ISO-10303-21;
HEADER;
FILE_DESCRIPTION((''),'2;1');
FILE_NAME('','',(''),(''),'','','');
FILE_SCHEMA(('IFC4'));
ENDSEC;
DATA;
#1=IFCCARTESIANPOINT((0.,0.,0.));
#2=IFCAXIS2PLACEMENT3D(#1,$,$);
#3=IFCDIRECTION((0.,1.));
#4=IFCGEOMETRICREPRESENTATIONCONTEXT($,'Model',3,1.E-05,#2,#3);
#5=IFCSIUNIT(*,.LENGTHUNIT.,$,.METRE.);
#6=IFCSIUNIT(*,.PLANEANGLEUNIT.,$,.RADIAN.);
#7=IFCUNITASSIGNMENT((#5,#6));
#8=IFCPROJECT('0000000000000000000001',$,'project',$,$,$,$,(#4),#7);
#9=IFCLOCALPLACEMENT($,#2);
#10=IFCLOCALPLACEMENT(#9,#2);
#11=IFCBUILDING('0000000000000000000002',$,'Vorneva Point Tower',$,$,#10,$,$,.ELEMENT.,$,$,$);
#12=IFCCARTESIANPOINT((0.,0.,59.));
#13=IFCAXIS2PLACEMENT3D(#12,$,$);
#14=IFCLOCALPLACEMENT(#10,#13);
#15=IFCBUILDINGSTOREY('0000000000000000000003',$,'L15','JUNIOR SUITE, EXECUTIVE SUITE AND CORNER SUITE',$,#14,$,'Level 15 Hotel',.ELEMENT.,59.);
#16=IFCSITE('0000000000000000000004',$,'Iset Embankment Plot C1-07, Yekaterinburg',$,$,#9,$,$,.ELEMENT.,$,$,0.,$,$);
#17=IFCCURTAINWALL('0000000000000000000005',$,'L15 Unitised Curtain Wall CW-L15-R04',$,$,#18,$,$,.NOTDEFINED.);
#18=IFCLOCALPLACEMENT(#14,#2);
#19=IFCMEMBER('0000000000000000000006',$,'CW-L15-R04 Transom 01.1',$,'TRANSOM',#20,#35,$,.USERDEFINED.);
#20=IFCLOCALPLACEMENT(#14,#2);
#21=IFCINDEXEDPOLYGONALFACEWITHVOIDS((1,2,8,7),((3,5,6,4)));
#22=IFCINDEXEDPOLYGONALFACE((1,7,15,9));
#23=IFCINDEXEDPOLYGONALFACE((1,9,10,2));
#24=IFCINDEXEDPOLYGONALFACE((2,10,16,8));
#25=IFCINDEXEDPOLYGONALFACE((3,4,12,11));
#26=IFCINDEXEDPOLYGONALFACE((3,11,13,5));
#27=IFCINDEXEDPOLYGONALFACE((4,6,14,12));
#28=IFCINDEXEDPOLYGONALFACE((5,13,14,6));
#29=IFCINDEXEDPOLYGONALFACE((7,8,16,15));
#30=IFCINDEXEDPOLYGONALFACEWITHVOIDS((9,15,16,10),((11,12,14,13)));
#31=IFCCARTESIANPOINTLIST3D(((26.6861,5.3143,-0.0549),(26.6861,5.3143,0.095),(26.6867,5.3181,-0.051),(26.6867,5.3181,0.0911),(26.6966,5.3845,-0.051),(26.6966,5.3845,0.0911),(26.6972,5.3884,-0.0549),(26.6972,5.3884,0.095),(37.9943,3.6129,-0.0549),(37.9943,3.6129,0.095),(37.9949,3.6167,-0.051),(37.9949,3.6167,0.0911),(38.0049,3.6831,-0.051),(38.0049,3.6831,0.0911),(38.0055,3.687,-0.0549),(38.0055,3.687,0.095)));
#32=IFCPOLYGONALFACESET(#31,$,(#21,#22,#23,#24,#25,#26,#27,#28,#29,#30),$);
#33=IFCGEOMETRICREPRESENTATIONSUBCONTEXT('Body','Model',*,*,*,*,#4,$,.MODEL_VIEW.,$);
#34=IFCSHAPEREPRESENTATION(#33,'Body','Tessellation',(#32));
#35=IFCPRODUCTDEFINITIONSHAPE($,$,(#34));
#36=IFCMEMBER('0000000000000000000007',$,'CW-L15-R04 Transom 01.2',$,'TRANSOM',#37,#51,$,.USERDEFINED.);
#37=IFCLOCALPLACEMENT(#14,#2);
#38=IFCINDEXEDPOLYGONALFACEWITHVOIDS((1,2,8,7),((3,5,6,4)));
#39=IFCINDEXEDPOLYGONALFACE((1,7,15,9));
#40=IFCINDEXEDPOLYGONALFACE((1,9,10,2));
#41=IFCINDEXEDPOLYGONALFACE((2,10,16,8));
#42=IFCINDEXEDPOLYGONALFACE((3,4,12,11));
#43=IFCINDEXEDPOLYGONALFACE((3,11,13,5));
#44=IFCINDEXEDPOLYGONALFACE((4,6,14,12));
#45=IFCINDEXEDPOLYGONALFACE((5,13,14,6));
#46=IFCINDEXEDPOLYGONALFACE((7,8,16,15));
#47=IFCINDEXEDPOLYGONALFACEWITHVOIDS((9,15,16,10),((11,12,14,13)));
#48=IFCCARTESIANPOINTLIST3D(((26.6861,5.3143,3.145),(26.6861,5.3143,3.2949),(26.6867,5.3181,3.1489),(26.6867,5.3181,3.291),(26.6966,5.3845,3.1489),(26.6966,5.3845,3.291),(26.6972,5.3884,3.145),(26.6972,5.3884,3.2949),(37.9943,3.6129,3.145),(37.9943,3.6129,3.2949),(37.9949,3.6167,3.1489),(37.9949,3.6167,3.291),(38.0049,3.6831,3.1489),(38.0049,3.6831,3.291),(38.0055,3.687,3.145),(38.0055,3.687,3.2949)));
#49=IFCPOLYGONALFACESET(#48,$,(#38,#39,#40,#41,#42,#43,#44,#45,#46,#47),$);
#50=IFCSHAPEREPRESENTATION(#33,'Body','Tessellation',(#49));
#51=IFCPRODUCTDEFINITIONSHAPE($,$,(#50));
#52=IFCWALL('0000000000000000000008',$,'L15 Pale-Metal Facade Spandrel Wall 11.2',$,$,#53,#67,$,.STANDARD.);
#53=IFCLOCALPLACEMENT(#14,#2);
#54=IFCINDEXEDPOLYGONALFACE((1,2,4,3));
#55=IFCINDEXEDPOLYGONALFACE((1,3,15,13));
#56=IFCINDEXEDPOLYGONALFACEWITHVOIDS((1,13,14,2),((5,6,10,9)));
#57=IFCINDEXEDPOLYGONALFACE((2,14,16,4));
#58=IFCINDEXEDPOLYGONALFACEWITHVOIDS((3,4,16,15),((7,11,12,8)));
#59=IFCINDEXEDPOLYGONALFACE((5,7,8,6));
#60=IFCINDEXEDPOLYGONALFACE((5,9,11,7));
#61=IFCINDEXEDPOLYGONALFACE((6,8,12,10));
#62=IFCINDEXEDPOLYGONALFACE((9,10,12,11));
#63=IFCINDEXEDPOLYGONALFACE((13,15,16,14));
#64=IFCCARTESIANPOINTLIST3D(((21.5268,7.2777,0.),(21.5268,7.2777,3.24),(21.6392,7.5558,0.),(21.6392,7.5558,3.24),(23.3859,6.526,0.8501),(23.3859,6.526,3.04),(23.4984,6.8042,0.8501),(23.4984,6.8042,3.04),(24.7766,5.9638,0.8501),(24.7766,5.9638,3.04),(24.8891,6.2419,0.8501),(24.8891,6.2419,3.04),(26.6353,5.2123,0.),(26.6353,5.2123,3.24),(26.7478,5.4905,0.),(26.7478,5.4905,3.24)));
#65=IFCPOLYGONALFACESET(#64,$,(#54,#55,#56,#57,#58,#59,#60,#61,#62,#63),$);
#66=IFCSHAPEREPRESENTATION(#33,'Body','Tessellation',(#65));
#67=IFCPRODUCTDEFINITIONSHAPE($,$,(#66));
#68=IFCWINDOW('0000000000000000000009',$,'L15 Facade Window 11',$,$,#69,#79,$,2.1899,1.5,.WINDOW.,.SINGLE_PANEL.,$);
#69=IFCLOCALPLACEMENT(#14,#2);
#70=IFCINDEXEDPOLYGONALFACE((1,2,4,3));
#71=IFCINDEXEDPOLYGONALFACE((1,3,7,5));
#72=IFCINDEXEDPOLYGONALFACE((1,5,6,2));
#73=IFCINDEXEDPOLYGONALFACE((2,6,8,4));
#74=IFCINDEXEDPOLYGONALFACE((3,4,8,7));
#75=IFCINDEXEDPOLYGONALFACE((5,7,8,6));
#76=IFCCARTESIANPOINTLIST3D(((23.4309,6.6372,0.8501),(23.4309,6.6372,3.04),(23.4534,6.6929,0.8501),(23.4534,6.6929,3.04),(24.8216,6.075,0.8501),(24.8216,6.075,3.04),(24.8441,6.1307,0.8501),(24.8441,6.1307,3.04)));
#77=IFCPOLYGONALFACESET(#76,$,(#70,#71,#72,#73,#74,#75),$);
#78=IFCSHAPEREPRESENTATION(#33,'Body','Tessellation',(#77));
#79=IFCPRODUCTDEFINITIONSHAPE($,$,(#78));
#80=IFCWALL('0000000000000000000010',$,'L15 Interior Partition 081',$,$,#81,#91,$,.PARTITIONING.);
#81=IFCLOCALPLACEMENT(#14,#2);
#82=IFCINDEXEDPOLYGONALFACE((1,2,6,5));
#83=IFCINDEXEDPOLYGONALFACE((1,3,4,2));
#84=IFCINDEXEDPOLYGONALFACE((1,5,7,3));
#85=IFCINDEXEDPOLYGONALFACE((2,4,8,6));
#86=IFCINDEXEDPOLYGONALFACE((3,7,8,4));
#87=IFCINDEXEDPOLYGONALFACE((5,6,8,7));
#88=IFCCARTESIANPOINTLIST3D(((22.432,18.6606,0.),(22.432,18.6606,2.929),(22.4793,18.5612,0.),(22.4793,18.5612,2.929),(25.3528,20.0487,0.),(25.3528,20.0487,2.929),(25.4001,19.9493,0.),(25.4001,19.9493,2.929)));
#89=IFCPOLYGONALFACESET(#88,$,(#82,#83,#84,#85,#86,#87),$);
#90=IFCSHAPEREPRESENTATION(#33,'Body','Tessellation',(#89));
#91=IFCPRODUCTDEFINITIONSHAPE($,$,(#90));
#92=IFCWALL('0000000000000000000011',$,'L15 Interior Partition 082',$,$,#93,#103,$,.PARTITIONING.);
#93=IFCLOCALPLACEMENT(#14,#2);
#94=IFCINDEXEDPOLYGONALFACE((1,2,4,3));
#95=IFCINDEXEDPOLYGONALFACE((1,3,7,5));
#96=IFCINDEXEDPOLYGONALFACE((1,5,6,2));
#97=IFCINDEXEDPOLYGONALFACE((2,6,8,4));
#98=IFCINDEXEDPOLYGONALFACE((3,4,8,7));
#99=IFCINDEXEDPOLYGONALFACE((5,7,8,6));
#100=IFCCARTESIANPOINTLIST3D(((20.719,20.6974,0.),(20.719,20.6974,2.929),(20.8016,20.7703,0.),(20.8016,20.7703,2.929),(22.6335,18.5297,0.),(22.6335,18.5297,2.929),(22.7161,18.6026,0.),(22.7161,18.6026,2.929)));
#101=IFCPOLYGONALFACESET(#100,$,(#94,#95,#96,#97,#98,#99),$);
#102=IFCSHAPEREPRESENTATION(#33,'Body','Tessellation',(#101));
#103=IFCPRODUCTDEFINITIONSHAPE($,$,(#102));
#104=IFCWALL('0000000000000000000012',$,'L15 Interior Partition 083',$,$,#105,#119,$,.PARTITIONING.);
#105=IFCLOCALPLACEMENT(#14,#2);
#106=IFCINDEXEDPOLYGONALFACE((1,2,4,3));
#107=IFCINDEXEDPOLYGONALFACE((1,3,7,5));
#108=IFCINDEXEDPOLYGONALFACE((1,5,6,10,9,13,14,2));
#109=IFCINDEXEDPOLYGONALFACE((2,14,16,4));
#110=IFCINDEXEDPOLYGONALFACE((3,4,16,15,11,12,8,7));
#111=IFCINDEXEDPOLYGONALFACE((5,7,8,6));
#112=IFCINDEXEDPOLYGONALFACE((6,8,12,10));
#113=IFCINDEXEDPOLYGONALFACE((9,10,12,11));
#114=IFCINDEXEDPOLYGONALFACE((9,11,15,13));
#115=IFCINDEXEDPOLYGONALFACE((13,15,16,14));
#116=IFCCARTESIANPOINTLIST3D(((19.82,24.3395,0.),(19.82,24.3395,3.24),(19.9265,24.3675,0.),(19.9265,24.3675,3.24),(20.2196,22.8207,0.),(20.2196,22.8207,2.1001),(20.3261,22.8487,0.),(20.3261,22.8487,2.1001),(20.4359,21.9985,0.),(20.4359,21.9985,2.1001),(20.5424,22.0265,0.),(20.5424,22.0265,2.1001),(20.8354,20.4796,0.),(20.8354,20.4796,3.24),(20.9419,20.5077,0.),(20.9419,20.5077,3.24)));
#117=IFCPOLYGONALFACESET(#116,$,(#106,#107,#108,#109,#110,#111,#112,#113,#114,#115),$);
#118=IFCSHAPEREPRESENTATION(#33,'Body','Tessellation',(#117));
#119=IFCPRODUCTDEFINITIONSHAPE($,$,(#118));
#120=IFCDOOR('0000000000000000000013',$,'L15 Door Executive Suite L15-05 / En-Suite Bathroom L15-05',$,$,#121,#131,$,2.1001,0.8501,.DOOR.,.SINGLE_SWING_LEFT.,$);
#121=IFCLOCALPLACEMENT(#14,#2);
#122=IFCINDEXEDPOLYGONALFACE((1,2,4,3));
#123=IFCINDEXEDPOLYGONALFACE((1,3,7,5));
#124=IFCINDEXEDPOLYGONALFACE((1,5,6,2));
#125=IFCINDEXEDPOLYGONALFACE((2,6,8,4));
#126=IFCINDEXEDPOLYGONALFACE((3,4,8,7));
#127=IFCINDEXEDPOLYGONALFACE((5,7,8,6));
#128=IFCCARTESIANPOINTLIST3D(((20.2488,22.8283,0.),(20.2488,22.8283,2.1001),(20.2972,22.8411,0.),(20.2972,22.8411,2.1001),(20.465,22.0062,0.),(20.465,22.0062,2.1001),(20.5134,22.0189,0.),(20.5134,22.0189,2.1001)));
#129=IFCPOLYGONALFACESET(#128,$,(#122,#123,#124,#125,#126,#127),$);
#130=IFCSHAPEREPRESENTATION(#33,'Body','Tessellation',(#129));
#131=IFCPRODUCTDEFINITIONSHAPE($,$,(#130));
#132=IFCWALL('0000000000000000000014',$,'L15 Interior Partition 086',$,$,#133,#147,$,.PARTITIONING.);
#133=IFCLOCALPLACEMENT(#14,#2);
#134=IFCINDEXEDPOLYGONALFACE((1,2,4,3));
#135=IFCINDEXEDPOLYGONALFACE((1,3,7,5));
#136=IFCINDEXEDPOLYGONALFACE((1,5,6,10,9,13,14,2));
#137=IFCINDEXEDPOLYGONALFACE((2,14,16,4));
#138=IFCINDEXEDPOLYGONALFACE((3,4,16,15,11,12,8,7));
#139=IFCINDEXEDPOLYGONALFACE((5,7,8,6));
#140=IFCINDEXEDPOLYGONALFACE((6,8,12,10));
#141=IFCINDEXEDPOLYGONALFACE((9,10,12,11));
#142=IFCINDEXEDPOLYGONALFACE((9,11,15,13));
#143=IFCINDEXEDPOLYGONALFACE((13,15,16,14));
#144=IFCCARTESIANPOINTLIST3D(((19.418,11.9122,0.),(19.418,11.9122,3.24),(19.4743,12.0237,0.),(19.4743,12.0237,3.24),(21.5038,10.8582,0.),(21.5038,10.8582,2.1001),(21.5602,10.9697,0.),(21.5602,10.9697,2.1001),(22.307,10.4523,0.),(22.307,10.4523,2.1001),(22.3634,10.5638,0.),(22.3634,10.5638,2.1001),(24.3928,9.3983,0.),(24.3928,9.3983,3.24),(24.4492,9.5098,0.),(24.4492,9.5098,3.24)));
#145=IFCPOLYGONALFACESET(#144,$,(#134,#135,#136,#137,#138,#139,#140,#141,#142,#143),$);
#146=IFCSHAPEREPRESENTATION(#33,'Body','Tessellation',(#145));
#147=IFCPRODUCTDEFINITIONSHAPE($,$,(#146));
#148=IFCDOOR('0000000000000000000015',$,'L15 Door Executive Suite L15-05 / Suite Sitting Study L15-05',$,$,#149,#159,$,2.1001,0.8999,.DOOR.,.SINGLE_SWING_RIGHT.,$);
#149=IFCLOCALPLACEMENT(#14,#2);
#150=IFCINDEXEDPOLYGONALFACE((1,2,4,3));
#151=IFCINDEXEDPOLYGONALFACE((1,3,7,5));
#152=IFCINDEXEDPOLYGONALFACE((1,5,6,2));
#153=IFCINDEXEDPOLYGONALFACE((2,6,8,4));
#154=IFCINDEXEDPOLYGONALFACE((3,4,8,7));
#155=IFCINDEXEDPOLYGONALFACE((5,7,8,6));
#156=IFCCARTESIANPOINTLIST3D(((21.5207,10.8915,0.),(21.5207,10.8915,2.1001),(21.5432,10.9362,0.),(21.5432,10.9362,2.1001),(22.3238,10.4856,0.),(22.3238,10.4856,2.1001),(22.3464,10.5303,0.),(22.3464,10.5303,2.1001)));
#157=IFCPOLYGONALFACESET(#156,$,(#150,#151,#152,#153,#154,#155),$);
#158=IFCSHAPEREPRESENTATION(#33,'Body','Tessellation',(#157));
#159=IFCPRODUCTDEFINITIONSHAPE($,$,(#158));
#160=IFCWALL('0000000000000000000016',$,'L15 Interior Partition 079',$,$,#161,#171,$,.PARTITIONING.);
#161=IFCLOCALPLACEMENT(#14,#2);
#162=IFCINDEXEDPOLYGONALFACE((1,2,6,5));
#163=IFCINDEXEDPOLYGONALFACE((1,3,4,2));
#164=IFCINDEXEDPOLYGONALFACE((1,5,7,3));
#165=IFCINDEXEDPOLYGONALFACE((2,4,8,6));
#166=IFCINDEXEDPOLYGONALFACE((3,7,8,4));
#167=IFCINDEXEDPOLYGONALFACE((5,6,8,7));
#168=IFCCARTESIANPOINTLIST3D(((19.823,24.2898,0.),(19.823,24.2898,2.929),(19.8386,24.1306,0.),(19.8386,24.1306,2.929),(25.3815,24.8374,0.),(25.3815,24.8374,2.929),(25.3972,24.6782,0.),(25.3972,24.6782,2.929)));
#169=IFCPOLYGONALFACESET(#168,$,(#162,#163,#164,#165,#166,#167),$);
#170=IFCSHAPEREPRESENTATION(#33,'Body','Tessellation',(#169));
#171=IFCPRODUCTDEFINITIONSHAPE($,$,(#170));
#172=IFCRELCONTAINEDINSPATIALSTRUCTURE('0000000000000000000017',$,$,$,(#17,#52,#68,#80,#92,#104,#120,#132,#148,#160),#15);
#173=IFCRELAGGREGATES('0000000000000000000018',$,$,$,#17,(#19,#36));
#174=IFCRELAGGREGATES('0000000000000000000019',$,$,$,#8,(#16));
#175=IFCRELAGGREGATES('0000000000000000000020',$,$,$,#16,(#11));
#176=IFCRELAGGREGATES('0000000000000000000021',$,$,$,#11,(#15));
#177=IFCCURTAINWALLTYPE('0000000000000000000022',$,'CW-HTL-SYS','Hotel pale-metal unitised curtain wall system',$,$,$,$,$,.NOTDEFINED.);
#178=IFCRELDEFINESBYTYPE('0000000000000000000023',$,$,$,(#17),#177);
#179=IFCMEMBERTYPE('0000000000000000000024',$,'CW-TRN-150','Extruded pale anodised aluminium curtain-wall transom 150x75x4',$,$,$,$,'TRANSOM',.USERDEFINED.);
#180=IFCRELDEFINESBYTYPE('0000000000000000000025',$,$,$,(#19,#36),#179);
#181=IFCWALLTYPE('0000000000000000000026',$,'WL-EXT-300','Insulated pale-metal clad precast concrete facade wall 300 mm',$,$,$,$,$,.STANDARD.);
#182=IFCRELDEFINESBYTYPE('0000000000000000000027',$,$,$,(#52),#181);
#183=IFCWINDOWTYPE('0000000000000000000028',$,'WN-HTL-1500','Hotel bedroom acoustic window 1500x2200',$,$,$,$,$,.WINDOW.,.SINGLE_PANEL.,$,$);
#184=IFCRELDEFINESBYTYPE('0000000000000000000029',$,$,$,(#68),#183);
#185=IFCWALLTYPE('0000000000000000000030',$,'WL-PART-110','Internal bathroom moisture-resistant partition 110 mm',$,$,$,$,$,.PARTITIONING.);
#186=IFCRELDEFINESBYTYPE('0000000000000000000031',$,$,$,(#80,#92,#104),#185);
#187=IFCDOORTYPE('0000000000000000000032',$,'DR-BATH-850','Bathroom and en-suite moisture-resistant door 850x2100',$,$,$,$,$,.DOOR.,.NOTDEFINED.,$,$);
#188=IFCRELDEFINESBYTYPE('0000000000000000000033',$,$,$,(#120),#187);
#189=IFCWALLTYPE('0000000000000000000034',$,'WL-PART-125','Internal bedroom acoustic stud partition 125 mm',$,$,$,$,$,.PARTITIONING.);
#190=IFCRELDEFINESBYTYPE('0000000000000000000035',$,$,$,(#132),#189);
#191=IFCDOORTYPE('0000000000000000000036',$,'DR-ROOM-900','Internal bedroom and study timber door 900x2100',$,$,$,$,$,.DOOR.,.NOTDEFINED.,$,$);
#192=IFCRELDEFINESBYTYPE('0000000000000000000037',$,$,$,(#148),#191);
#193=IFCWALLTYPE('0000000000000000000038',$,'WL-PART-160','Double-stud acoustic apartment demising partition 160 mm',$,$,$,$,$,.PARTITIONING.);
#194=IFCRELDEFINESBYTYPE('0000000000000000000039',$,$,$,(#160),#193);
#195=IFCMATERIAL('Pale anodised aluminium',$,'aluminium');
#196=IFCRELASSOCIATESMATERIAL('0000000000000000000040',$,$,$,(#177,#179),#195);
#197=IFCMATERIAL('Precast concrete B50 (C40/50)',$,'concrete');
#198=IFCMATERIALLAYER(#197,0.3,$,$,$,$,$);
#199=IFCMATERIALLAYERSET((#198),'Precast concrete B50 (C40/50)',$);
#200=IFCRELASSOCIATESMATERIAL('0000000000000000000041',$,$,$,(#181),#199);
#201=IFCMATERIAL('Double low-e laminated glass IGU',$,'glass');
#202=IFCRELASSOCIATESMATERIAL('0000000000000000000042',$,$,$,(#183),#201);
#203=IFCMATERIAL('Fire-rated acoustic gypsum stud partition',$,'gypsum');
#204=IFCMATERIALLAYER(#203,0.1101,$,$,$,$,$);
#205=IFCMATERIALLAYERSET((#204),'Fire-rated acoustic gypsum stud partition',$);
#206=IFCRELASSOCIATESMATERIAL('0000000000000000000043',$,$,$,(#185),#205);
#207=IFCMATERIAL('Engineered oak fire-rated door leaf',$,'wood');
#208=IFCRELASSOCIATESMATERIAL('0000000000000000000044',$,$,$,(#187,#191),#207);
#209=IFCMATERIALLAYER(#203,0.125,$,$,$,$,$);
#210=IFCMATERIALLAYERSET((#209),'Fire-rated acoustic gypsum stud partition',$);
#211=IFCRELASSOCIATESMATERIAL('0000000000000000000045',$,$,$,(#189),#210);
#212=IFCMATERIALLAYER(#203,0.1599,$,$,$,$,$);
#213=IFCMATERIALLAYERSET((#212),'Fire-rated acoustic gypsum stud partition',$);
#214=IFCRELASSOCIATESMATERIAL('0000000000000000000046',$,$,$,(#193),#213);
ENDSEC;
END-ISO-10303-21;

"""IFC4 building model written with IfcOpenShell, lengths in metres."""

from ifc_helpers import new_model, si_unit, direction, frame, frame_2d, origin, origin_2d, place, context, subcontext, project, spatial, rectangle, hollow_rectangle, extrude, material, layer, layer_set, material_profile, profile_set, type_object, element, fill, aggregate, save


model = new_model("IFC4")

# Units and contexts
model_context = context("Model", 3, precision=1e-05, world=origin(), true_north=direction((0.0, 1.0)))
body_context = subcontext(model_context, "Body", "Model", "MODEL_VIEW")
ifc_project = project(units=[si_unit("LENGTHUNIT", "METRE"), si_unit("PLANEANGLEUNIT", "RADIAN")], contexts=[model_context])

# Site, building, storey
site_placement = place(None, origin())
site = spatial("IfcSite", under=ifc_project, at=site_placement, Name="Iset Embankment Plot C1-07, Yekaterinburg", CompositionType="ELEMENT", RefElevation=0.0)
building_placement = place(site_placement, origin())
building = spatial("IfcBuilding", under=site, at=building_placement, Name="Vorneva Point Tower", CompositionType="ELEMENT")
storey_placement = place(building_placement, frame((0.0, 0.0, 59.0)))
storey = spatial("IfcBuildingStorey", under=building, at=storey_placement, Name="L15", Description="JUNIOR SUITE, EXECUTIVE SUITE AND CORNER SUITE", LongName="Level 15 Hotel", CompositionType="ELEMENT", Elevation=59.0)

# Curtain wall, members
ifc_material_1 = material(Name="Pale anodised aluminium", Category="aluminium")
curtain_wall_type = type_object("IfcCurtainWallType", Name="CW-HTL-SYS", Description="Hotel pale-metal unitised curtain wall system", PredefinedType="NOTDEFINED", material=ifc_material_1)
curtain_wall_placement = place(storey_placement, origin())
curtain_wall = element("IfcCurtainWall", 1, at=curtain_wall_placement, inside=storey, type_object=curtain_wall_type, Name="L15 Unitised Curtain Wall CW-L15-R04", PredefinedType="NOTDEFINED")
ifc_material_profile_1 = material_profile(ifc_material_1, hollow_rectangle(XDim=0.075, YDim=0.1499, WallThickness=0.0039, at=origin_2d()), Name="AL-TRN 150x75x4")
ifc_profile_set_1 = profile_set([ifc_material_profile_1], Name="Pale anodised aluminium")
member_type_1 = type_object("IfcMemberType", Name="CW-TRN-150", Description="Extruded pale anodised aluminium curtain-wall transom 150x75x4", ElementType="TRANSOM", PredefinedType="USERDEFINED", material=ifc_profile_set_1)
member_1_placement = place(storey_placement, frame((26.6917, 5.3513, 0.02), z_axis=(0.98887, -0.148782, 0.0), x_axis=(0.148782, 0.98887, 0.0)))
member_1 = element("IfcMember", 2, at=member_1_placement, type_object=member_type_1, Name="CW-L15-R04 Transom 01.1", ObjectType="TRANSOM", PredefinedType="USERDEFINED", context=body_context, shape_type="SweptSolid", body=[
    extrude(hollow_rectangle(XDim=0.075, YDim=0.1499, WallThickness=0.0039, at=origin_2d()), origin(), (0.0, 0.0, 1.0), 11.4355),
])
member_2_placement = place(storey_placement, frame((26.6917, 5.3513, 3.22), z_axis=(0.98887, -0.148782, 0.0), x_axis=(0.148782, 0.98887, 0.0)))
member_2 = element("IfcMember", 3, at=member_2_placement, type_object=member_type_1, Name="CW-L15-R04 Transom 01.2", ObjectType="TRANSOM", PredefinedType="USERDEFINED", context=body_context, shape_type="SweptSolid", body=[
    extrude(hollow_rectangle(XDim=0.075, YDim=0.1499, WallThickness=0.0039, at=origin_2d()), origin(), (0.0, 0.0, 1.0), 11.4355),
])
aggregate(curtain_wall, [member_1, member_2])

# Wall, opening, window
ifc_material_2 = material(Name="Precast concrete B50 (C40/50)", Category="concrete")
ifc_layer_1 = layer(ifc_material_2, 0.3)
ifc_layer_set_1 = layer_set([ifc_layer_1], Name="Precast concrete B50 (C40/50)")
wall_type_1 = type_object("IfcWallType", Name="WL-EXT-300", Description="Insulated pale-metal clad precast concrete facade wall 300 mm", PredefinedType="STANDARD", material=ifc_layer_set_1)
wall_1_placement = place(storey_placement, frame((21.583, 7.4167, 0.0), z_axis=(0.0, 0.0, 1.0), x_axis=(0.927095, -0.374826, 0.0)))
wall_1 = element("IfcWall", 4, at=wall_1_placement, inside=storey, type_object=wall_type_1, Name="L15 Pale-Metal Facade Spandrel Wall 11.2", PredefinedType="STANDARD", context=body_context, shape_type="SweptSolid", body=[
    extrude(rectangle(XDim=5.5103, YDim=0.3, at=frame_2d((2.7551, 0.0))), origin(), (0.0, 0.0, 1.0), 3.24),
])
opening_1_placement = place(wall_1_placement, frame((2.0054, 0.0, 0.8501)))
opening_1 = element("IfcOpeningElement", 5, at=opening_1_placement, cuts=wall_1, PredefinedType="OPENING", context=body_context, shape_type="SweptSolid", body=[
    extrude(rectangle(XDim=1.5, YDim=2.1899, at=frame_2d((0.75, 1.095))), frame((0.0, 0.165, 0.0), z_axis=(0.0, -1.0, 0.0), x_axis=(1.0, 0.0, 0.0)), (0.0, 0.0, 1.0), 0.3298),
])
ifc_material_3 = material(Name="Double low-e laminated glass IGU", Category="glass")
window_type = type_object("IfcWindowType", Name="WN-HTL-1500", Description="Hotel bedroom acoustic window 1500x2200", PartitioningType="SINGLE_PANEL", PredefinedType="WINDOW", material=ifc_material_3)
window_placement = place(opening_1_placement, origin())
window = element("IfcWindow", 6, at=window_placement, inside=storey, type_object=window_type, Name="L15 Facade Window 11", OverallHeight=2.1899, OverallWidth=1.5, PartitioningType="SINGLE_PANEL", PredefinedType="WINDOW", context=body_context, shape_type="SweptSolid", body=[
    extrude(rectangle(XDim=1.5, YDim=2.1899, at=frame_2d((0.75, 1.095))), frame((0.0, 0.03, 0.0), z_axis=(0.0, -1.0, 0.0), x_axis=(1.0, 0.0, 0.0)), (0.0, 0.0, 1.0), 0.0601),
])
fill(opening_1, window)

# Walls
ifc_material_4 = material(Name="Fire-rated acoustic gypsum stud partition", Category="gypsum")
ifc_layer_2 = layer(ifc_material_4, 0.1101)
ifc_layer_set_2 = layer_set([ifc_layer_2], Name="Fire-rated acoustic gypsum stud partition")
wall_type_2 = type_object("IfcWallType", Name="WL-PART-110", Description="Internal bathroom moisture-resistant partition 110 mm", PredefinedType="PARTITIONING", material=ifc_layer_set_2)
wall_2_placement = place(storey_placement, frame((25.3765, 19.999, 0.0), z_axis=(0.0, 0.0, 1.0), x_axis=(-0.903187, -0.429248, 0.0)))
element("IfcWall", 7, at=wall_2_placement, inside=storey, type_object=wall_type_2, Name="L15 Interior Partition 081", PredefinedType="PARTITIONING", context=body_context, shape_type="SweptSolid", body=[
    extrude(rectangle(XDim=3.2339, YDim=0.1101, at=frame_2d((1.6169, 0.0))), origin(), (0.0, 0.0, 1.0), 2.929),
])
wall_3_placement = place(storey_placement, frame((22.6748, 18.5662, 0.0), z_axis=(0.0, 0.0, 1.0), x_axis=(-0.661982, 0.74952, 0.0)))
element("IfcWall", 8, at=wall_3_placement, inside=storey, type_object=wall_type_2, Name="L15 Interior Partition 082", PredefinedType="PARTITIONING", context=body_context, shape_type="SweptSolid", body=[
    extrude(rectangle(XDim=2.8921, YDim=0.1101, at=frame_2d((1.446, 0.0))), origin(), (0.0, 0.0, 1.0), 2.929),
])

# Walls, openings, doors
wall_4_placement = place(storey_placement, frame((20.8887, 20.4937, 0.0), z_axis=(0.0, 0.0, 1.0), x_axis=(-0.254406, 0.967098, 0.0)))
wall_4 = element("IfcWall", 9, at=wall_4_placement, inside=storey, type_object=wall_type_2, Name="L15 Interior Partition 083", PredefinedType="PARTITIONING", context=body_context, shape_type="SweptSolid", body=[
    extrude(rectangle(XDim=3.9912, YDim=0.1101, at=frame_2d((1.9956, 0.0))), origin(), (0.0, 0.0, 1.0), 3.24),
])
opening_2_placement = place(wall_4_placement, frame((1.5706, 0.0, 0.0)))
opening_2 = element("IfcOpeningElement", 10, at=opening_2_placement, cuts=wall_4, PredefinedType="OPENING", context=body_context, shape_type="SweptSolid", body=[
    extrude(rectangle(XDim=0.8501, YDim=2.1001, at=frame_2d((0.425, 1.05))), frame((0.0, 0.0698, 0.0), z_axis=(0.0, -1.0, 0.0), x_axis=(1.0, 0.0, 0.0)), (0.0, 0.0, 1.0), 0.1399),
])
ifc_material_5 = material(Name="Engineered oak fire-rated door leaf", Category="wood")
door_type_1 = type_object("IfcDoorType", Name="DR-BATH-850", Description="Bathroom and en-suite moisture-resistant door 850x2100", OperationType="NOTDEFINED", PredefinedType="DOOR", material=ifc_material_5)
door_1_placement = place(opening_2_placement, origin())
door_1 = element("IfcDoor", 11, at=door_1_placement, inside=storey, type_object=door_type_1, Name="L15 Door Executive Suite L15-05 / En-Suite Bathroom L15-05", OperationType="SINGLE_SWING_LEFT", OverallHeight=2.1001, OverallWidth=0.8501, PredefinedType="DOOR", context=body_context, shape_type="SweptSolid", body=[
    extrude(rectangle(XDim=0.8501, YDim=2.1001, at=frame_2d((0.425, 1.05))), frame((0.0, 0.0249, 0.0), z_axis=(0.0, -1.0, 0.0), x_axis=(1.0, 0.0, 0.0)), (0.0, 0.0, 1.0), 0.05),
])
fill(opening_2, door_1)
ifc_layer_3 = layer(ifc_material_4, 0.125)
ifc_layer_set_3 = layer_set([ifc_layer_3], Name="Fire-rated acoustic gypsum stud partition")
wall_type_3 = type_object("IfcWallType", Name="WL-PART-125", Description="Internal bedroom acoustic stud partition 125 mm", PredefinedType="PARTITIONING", material=ifc_layer_set_3)
wall_5_placement = place(storey_placement, frame((19.446, 11.968, 0.0), z_axis=(0.0, 0.0, 1.0), x_axis=(0.892518, -0.451011, 0.0)))
wall_5 = element("IfcWall", 12, at=wall_5_placement, inside=storey, type_object=wall_type_3, Name="L15 Interior Partition 086", PredefinedType="PARTITIONING", context=body_context, shape_type="SweptSolid", body=[
    extrude(rectangle(XDim=5.574, YDim=0.125, at=frame_2d((2.7871, 0.0))), origin(), (0.0, 0.0, 1.0), 3.24),
])
opening_3_placement = place(wall_5_placement, frame((2.3372, 0.0, 0.0)))
opening_3 = element("IfcOpeningElement", 13, at=opening_3_placement, cuts=wall_5, PredefinedType="OPENING", context=body_context, shape_type="SweptSolid", body=[
    extrude(rectangle(XDim=0.8999, YDim=2.1001, at=frame_2d((0.45, 1.05))), frame((0.0, 0.0774, 0.0), z_axis=(0.0, -1.0, 0.0), x_axis=(1.0, 0.0, 0.0)), (0.0, 0.0, 1.0), 0.1548),
])
door_type_2 = type_object("IfcDoorType", Name="DR-ROOM-900", Description="Internal bedroom and study timber door 900x2100", OperationType="NOTDEFINED", PredefinedType="DOOR", material=ifc_material_5)
door_2_placement = place(opening_3_placement, origin())
door_2 = element("IfcDoor", 14, at=door_2_placement, inside=storey, type_object=door_type_2, Name="L15 Door Executive Suite L15-05 / Suite Sitting Study L15-05", OperationType="SINGLE_SWING_RIGHT", OverallHeight=2.1001, OverallWidth=0.8999, PredefinedType="DOOR", context=body_context, shape_type="SweptSolid", body=[
    extrude(rectangle(XDim=0.8999, YDim=2.1001, at=frame_2d((0.45, 1.05))), frame((0.0, 0.0249, 0.0), z_axis=(0.0, -1.0, 0.0), x_axis=(1.0, 0.0, 0.0)), (0.0, 0.0, 1.0), 0.05),
])
fill(opening_3, door_2)

# Wall
ifc_layer_4 = layer(ifc_material_4, 0.1599)
ifc_layer_set_4 = layer_set([ifc_layer_4], Name="Fire-rated acoustic gypsum stud partition")
wall_type_4 = type_object("IfcWallType", Name="WL-PART-160", Description="Double-stud acoustic apartment demising partition 160 mm", PredefinedType="PARTITIONING", material=ifc_layer_set_4)
wall_6_placement = place(storey_placement, frame((19.8308, 24.2102, 0.0), z_axis=(0.0, 0.0, 1.0), x_axis=(0.995182, 0.098041, 0.0)))
element("IfcWall", 15, at=wall_6_placement, inside=storey, type_object=wall_type_4, Name="L15 Interior Partition 079", PredefinedType="PARTITIONING", context=body_context, shape_type="SweptSolid", body=[
    extrude(rectangle(XDim=5.5854, YDim=0.1599, at=frame_2d((2.7927, 0.0))), origin(), (0.0, 0.0, 1.0), 2.929),
])

save(model, "model.ifc")
